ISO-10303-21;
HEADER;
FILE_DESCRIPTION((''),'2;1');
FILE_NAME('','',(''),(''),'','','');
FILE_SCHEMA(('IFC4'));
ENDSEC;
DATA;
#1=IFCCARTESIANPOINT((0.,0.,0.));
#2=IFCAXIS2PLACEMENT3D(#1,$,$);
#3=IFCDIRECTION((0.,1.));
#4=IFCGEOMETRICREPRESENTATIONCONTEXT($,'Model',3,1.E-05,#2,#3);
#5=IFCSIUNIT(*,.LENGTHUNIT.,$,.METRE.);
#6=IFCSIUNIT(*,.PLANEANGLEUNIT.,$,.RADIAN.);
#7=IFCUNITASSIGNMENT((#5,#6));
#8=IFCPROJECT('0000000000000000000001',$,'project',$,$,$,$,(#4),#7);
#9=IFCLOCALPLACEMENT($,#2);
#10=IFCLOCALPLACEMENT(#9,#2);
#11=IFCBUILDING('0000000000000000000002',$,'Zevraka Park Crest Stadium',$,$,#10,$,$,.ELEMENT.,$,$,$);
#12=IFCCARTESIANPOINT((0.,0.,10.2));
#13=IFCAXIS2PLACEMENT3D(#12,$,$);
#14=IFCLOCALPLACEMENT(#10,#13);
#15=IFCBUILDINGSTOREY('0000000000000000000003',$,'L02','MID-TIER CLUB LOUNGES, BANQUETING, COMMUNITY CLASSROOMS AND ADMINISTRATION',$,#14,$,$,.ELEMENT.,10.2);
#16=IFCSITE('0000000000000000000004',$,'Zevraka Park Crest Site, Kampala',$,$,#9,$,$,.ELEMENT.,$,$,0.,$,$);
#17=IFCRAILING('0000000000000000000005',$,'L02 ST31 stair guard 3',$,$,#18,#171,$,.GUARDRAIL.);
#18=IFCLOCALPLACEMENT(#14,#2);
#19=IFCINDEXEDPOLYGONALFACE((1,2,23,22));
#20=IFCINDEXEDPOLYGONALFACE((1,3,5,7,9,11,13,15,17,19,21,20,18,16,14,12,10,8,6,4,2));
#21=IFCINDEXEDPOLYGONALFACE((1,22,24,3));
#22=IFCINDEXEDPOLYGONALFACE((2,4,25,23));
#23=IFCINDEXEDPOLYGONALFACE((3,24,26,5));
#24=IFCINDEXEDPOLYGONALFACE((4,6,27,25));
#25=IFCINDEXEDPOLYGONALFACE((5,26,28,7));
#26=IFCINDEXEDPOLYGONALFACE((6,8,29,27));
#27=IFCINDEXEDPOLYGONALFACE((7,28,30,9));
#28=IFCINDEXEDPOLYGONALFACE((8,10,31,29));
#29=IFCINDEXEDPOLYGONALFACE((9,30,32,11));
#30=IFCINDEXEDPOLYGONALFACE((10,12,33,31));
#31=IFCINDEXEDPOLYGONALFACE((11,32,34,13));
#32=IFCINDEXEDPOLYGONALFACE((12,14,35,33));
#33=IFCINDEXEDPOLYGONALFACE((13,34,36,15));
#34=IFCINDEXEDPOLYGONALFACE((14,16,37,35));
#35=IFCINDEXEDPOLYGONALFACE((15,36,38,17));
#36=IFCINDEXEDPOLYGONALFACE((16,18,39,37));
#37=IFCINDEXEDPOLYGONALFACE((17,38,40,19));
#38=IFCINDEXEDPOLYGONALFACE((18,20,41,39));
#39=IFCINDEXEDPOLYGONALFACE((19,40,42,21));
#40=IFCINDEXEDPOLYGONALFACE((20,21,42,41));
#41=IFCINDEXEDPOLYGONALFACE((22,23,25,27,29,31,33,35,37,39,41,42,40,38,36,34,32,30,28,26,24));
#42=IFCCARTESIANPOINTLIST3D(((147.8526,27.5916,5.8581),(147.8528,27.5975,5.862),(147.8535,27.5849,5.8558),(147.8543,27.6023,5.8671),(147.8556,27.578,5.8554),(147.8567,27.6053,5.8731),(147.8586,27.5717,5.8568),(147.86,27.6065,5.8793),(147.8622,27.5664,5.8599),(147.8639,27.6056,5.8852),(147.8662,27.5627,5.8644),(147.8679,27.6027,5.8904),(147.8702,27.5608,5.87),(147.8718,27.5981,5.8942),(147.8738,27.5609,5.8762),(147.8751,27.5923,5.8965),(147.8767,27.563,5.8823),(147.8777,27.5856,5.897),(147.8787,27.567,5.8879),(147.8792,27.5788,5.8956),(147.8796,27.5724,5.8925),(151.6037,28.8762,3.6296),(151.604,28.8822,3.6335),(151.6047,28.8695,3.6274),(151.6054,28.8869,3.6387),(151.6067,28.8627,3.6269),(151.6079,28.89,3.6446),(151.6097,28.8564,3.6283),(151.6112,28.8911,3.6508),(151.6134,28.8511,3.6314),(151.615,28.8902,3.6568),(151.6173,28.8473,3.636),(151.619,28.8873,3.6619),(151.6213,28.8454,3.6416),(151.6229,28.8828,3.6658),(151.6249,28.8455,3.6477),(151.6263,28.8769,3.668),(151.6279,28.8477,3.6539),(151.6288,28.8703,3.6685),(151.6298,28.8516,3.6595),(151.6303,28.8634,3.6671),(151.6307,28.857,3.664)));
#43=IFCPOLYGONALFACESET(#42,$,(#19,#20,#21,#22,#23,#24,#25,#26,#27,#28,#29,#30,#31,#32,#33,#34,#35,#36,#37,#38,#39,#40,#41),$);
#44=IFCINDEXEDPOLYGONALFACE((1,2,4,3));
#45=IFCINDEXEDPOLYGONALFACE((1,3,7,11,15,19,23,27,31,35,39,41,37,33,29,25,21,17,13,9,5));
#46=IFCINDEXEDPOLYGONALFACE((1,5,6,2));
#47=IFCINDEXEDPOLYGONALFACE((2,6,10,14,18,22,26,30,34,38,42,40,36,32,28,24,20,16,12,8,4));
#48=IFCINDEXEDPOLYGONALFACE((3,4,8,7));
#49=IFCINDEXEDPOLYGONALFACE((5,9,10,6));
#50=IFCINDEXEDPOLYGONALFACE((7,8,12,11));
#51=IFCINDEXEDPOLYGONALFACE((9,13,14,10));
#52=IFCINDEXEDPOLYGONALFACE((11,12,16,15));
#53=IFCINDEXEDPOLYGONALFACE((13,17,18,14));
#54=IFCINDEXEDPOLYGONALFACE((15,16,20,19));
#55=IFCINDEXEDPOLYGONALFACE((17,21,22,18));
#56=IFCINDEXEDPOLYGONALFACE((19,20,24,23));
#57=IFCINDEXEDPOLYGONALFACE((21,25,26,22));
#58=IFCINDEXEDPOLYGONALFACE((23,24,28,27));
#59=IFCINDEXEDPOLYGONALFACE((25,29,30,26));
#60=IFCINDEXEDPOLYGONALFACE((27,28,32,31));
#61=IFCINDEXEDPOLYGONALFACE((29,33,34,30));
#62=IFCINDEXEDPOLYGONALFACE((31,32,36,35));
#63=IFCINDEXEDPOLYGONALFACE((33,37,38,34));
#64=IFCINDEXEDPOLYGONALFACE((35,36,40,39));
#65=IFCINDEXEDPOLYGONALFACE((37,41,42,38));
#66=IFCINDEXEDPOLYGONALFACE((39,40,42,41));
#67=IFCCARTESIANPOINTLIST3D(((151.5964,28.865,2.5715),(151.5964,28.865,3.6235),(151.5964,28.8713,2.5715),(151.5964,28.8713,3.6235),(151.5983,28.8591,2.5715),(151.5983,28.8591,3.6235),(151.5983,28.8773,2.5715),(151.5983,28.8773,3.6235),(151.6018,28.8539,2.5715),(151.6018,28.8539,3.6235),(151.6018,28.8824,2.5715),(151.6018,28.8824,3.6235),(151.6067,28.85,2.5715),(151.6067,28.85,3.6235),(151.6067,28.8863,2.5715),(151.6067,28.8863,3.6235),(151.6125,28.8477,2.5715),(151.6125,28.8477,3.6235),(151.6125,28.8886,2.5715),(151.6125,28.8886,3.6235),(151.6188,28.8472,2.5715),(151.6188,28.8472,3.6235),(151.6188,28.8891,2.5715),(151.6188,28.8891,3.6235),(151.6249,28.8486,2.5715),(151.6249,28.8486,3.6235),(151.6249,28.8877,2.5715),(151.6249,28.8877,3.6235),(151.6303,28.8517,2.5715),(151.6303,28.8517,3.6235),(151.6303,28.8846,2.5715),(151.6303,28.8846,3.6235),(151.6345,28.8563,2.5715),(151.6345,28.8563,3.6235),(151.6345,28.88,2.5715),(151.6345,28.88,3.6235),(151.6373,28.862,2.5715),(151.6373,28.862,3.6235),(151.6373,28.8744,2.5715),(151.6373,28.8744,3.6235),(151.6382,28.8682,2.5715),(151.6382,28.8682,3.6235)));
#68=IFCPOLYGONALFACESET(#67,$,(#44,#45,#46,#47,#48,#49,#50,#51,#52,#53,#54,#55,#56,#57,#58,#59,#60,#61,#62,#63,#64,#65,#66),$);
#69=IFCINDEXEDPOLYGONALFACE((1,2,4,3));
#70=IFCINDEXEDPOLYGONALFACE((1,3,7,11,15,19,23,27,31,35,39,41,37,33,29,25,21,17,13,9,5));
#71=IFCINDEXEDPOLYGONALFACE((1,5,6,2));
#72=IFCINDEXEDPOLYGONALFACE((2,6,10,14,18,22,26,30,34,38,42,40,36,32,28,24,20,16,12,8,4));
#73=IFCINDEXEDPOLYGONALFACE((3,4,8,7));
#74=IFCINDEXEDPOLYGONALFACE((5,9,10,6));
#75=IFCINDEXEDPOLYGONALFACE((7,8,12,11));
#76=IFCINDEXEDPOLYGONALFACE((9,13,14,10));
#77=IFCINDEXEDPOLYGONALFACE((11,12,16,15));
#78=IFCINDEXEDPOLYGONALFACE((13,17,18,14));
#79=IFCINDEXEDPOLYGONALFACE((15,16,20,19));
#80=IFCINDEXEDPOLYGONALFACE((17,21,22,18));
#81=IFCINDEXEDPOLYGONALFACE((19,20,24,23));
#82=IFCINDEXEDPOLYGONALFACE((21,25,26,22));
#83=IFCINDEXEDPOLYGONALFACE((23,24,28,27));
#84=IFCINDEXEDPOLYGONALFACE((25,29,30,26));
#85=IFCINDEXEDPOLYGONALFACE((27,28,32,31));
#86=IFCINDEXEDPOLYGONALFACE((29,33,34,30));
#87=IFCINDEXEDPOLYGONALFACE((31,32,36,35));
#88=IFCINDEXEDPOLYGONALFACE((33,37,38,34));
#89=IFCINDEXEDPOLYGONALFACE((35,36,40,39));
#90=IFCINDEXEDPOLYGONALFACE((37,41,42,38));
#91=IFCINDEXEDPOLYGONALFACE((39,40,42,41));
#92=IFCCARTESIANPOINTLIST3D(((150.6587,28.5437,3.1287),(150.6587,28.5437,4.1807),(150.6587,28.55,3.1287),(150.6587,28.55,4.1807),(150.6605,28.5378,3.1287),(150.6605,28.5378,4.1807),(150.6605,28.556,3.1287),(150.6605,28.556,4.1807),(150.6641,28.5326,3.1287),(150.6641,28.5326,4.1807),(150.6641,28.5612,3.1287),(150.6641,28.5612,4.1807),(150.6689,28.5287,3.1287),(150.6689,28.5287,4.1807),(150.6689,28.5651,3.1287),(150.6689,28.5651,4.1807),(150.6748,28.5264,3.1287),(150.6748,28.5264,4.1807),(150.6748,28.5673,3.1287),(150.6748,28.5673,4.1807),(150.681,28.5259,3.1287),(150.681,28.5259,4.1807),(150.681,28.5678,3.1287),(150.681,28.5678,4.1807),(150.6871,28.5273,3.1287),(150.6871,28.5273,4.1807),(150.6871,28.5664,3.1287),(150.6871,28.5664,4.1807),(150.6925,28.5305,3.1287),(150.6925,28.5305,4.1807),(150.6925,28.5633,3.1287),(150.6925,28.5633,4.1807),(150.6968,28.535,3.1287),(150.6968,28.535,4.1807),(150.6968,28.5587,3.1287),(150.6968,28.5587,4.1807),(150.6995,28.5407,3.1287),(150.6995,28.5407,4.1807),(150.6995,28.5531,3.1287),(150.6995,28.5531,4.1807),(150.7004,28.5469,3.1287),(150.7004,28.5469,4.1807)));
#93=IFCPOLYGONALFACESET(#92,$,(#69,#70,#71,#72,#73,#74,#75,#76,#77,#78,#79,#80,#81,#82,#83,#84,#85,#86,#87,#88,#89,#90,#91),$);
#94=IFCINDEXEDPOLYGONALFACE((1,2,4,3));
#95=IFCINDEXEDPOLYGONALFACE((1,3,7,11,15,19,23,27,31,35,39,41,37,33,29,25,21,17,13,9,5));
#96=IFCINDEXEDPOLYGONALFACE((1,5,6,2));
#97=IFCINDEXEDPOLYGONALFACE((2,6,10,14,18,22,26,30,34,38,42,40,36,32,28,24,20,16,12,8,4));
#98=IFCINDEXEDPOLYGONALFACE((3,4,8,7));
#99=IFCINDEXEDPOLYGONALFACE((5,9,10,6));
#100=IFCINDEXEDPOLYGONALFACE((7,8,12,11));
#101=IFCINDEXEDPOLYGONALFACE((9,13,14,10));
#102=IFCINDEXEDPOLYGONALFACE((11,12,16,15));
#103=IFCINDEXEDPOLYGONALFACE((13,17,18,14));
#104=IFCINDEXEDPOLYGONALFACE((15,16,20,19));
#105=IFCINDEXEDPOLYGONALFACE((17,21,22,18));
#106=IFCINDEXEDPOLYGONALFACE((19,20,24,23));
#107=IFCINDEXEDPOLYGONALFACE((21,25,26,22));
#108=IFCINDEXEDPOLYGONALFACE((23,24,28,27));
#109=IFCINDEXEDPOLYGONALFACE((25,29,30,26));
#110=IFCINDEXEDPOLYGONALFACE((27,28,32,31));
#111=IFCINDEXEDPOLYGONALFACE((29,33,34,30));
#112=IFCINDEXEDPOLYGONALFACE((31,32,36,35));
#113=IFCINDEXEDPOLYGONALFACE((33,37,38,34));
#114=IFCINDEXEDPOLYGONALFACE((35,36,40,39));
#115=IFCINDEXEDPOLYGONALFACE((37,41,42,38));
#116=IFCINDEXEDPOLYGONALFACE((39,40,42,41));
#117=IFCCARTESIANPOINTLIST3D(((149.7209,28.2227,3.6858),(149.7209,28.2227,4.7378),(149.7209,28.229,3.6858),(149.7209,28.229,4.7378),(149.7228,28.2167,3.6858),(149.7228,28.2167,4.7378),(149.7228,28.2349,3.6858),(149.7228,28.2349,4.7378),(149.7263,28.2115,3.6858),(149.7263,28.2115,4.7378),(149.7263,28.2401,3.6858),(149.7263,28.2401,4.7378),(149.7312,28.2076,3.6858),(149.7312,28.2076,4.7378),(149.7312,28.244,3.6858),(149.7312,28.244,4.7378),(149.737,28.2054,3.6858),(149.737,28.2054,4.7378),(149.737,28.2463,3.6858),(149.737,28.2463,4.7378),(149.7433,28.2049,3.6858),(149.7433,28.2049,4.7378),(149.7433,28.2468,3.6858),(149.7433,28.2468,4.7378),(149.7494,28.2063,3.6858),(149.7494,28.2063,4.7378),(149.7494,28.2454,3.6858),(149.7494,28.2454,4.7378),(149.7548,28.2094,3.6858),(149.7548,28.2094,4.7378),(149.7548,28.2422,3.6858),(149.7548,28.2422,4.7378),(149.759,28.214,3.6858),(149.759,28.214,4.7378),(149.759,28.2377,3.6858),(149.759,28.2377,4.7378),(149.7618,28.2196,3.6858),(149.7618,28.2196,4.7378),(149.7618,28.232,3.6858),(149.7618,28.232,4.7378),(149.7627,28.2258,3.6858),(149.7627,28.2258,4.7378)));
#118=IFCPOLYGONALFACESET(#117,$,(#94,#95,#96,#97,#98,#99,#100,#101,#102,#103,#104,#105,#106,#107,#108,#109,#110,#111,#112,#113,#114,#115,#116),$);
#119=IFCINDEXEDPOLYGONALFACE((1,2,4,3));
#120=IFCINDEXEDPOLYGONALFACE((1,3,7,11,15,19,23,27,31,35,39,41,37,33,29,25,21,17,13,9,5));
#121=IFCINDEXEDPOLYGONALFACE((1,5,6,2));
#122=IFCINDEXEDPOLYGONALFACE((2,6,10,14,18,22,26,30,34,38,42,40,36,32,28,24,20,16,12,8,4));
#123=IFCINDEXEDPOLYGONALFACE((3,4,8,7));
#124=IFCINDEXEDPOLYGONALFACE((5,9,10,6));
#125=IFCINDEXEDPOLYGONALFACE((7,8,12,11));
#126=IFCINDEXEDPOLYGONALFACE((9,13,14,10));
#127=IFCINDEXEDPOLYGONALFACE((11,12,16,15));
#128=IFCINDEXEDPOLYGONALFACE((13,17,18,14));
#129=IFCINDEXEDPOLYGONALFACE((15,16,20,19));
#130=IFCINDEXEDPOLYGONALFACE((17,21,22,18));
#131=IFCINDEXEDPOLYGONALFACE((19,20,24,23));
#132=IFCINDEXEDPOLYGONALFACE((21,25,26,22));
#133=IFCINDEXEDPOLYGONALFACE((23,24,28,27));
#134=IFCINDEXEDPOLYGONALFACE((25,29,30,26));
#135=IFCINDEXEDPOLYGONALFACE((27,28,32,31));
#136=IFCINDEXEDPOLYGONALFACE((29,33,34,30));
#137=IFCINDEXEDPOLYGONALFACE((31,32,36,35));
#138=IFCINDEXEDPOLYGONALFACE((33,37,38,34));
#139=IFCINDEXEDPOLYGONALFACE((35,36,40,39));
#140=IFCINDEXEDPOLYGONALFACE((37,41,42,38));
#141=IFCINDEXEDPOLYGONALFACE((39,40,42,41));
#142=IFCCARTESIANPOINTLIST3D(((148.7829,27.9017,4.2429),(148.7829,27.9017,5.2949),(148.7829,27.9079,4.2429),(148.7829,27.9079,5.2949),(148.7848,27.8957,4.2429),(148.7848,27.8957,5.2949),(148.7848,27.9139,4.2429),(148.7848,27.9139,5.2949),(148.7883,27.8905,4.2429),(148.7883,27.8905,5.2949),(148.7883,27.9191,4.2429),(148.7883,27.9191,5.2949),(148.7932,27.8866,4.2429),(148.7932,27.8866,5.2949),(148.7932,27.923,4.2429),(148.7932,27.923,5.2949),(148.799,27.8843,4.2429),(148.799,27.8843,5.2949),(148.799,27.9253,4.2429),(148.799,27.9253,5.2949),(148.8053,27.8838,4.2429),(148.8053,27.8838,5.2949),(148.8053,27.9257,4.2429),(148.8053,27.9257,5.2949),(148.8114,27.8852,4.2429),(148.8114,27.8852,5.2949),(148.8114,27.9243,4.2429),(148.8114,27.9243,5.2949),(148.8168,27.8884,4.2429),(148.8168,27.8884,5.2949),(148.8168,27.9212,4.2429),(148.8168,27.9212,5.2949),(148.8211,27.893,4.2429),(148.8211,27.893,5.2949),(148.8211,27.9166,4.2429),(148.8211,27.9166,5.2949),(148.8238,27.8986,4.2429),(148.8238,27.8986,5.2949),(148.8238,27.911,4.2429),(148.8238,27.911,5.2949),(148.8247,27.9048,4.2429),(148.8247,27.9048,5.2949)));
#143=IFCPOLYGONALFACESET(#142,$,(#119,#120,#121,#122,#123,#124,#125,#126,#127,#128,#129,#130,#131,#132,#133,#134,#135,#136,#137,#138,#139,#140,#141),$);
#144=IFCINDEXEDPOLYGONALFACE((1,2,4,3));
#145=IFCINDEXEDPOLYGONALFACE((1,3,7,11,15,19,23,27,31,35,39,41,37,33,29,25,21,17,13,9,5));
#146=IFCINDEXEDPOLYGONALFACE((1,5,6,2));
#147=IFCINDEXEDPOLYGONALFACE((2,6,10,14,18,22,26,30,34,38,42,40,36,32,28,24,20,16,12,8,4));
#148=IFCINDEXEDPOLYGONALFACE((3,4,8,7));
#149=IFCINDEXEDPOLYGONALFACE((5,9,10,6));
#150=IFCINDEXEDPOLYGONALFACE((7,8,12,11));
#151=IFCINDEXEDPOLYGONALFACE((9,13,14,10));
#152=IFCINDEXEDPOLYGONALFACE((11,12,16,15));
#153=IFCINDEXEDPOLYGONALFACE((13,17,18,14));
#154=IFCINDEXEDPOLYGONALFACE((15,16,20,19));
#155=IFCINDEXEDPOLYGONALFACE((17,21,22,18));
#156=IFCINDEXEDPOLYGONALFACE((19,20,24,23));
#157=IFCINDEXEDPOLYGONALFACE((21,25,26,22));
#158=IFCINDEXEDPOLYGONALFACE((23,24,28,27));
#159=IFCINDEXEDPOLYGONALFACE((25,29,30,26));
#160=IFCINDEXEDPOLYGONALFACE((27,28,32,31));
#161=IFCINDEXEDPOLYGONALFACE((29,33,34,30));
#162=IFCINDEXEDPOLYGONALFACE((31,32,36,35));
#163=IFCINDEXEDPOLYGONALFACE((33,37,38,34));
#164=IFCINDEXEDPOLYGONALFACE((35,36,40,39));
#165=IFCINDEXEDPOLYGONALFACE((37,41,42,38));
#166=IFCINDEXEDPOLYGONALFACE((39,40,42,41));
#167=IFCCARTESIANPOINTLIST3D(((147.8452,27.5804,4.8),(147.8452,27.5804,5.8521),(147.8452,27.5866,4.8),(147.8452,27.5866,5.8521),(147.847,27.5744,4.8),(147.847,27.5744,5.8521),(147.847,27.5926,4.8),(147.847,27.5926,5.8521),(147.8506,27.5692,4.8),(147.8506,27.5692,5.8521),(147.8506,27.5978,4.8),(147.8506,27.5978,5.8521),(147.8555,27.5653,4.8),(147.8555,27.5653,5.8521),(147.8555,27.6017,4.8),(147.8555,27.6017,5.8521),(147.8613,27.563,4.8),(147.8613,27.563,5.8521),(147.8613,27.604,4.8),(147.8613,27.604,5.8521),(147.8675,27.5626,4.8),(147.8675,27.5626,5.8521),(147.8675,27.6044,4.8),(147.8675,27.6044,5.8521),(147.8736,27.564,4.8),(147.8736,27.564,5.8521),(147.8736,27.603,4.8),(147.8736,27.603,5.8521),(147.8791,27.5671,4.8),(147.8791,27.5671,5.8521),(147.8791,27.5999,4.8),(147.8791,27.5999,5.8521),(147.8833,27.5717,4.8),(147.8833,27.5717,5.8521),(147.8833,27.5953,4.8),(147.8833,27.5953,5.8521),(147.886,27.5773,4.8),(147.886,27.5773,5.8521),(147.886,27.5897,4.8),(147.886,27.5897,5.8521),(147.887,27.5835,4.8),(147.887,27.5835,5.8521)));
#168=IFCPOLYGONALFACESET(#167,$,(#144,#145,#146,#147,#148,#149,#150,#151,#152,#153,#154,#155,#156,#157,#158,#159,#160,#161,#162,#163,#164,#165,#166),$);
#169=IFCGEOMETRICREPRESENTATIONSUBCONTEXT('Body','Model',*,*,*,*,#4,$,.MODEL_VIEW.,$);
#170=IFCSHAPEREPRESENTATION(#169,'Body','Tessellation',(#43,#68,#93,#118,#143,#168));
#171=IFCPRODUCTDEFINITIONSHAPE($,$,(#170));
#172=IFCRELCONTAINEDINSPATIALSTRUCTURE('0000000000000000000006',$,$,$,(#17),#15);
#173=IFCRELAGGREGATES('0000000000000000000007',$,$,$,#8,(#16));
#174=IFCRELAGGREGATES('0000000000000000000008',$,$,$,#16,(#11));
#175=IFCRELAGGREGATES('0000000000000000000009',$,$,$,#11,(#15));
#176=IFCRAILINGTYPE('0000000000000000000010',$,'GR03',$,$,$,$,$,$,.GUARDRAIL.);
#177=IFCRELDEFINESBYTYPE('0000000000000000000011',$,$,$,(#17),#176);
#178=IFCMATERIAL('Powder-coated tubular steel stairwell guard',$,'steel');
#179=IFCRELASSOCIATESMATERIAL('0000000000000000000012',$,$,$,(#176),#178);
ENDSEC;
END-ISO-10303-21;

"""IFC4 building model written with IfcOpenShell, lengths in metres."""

from ifc_helpers import new_model, si_unit, direction, frame, origin, origin_2d, place, context, subcontext, project, spatial, circle, extrude, material, type_object, element, save


model = new_model("IFC4")

# Units and contexts
model_context = context("Model", 3, precision=1e-05, world=origin(), true_north=direction((0.0, 1.0)))
body_context = subcontext(model_context, "Body", "Model", "MODEL_VIEW")
ifc_project = project(units=[si_unit("LENGTHUNIT", "METRE"), si_unit("PLANEANGLEUNIT", "RADIAN")], contexts=[model_context])

# Site, building, storey
site_placement = place(None, origin())
site = spatial("IfcSite", under=ifc_project, at=site_placement, Name="Zevraka Park Crest Site, Kampala", CompositionType="ELEMENT", RefElevation=0.0)
building_placement = place(site_placement, origin())
building = spatial("IfcBuilding", under=site, at=building_placement, Name="Zevraka Park Crest Stadium", CompositionType="ELEMENT")
storey_placement = place(building_placement, frame((0.0, 0.0, 10.2)))
storey = spatial("IfcBuildingStorey", under=building, at=storey_placement, Name="L02", Description="MID-TIER CLUB LOUNGES, BANQUETING, COMMUNITY CLASSROOMS AND ADMINISTRATION", CompositionType="ELEMENT", Elevation=10.2)

# Railing
ifc_material_1 = material(Name="Powder-coated tubular steel stairwell guard", Category="steel")
railing_type_1 = type_object("IfcRailingType", Name="GR03", PredefinedType="GUARDRAIL", material=ifc_material_1)
railing_1_placement = place(storey_placement, frame((151.6172, 28.8682, 2.5715)))
element("IfcRailing", 1, at=railing_1_placement, inside=storey, type_object=railing_type_1, Name="L02 ST31 stair guard 3", PredefinedType="GUARDRAIL", context=body_context, shape_type="SweptSolid", body=[
    extrude(circle(Radius=0.0239, at=origin_2d()), frame((0.0, 0.0, 1.0762), z_axis=(-0.824727, -0.282441, 0.489952), x_axis=(0.323994, -0.946059, 0.0)), (0.0, 0.0, 1.0), 4.5483),
    extrude(circle(Radius=0.021, at=origin_2d()), origin(), (0.0, 0.0, 1.0), 1.052),
    extrude(circle(Radius=0.021, at=origin_2d()), frame((-0.9377, -0.3213, 0.5571)), (0.0, 0.0, 1.0), 1.052),
    extrude(circle(Radius=0.021, at=origin_2d()), frame((-1.8755, -0.6423, 1.1143)), (0.0, 0.0, 1.0), 1.052),
    extrude(circle(Radius=0.021, at=origin_2d()), frame((-2.8135, -0.9634, 1.6714)), (0.0, 0.0, 1.0), 1.052),
    extrude(circle(Radius=0.021, at=origin_2d()), frame((-3.7512, -1.2847, 2.2285)), (0.0, 0.0, 1.0), 1.052),
])

save(model, "model.ifc")
